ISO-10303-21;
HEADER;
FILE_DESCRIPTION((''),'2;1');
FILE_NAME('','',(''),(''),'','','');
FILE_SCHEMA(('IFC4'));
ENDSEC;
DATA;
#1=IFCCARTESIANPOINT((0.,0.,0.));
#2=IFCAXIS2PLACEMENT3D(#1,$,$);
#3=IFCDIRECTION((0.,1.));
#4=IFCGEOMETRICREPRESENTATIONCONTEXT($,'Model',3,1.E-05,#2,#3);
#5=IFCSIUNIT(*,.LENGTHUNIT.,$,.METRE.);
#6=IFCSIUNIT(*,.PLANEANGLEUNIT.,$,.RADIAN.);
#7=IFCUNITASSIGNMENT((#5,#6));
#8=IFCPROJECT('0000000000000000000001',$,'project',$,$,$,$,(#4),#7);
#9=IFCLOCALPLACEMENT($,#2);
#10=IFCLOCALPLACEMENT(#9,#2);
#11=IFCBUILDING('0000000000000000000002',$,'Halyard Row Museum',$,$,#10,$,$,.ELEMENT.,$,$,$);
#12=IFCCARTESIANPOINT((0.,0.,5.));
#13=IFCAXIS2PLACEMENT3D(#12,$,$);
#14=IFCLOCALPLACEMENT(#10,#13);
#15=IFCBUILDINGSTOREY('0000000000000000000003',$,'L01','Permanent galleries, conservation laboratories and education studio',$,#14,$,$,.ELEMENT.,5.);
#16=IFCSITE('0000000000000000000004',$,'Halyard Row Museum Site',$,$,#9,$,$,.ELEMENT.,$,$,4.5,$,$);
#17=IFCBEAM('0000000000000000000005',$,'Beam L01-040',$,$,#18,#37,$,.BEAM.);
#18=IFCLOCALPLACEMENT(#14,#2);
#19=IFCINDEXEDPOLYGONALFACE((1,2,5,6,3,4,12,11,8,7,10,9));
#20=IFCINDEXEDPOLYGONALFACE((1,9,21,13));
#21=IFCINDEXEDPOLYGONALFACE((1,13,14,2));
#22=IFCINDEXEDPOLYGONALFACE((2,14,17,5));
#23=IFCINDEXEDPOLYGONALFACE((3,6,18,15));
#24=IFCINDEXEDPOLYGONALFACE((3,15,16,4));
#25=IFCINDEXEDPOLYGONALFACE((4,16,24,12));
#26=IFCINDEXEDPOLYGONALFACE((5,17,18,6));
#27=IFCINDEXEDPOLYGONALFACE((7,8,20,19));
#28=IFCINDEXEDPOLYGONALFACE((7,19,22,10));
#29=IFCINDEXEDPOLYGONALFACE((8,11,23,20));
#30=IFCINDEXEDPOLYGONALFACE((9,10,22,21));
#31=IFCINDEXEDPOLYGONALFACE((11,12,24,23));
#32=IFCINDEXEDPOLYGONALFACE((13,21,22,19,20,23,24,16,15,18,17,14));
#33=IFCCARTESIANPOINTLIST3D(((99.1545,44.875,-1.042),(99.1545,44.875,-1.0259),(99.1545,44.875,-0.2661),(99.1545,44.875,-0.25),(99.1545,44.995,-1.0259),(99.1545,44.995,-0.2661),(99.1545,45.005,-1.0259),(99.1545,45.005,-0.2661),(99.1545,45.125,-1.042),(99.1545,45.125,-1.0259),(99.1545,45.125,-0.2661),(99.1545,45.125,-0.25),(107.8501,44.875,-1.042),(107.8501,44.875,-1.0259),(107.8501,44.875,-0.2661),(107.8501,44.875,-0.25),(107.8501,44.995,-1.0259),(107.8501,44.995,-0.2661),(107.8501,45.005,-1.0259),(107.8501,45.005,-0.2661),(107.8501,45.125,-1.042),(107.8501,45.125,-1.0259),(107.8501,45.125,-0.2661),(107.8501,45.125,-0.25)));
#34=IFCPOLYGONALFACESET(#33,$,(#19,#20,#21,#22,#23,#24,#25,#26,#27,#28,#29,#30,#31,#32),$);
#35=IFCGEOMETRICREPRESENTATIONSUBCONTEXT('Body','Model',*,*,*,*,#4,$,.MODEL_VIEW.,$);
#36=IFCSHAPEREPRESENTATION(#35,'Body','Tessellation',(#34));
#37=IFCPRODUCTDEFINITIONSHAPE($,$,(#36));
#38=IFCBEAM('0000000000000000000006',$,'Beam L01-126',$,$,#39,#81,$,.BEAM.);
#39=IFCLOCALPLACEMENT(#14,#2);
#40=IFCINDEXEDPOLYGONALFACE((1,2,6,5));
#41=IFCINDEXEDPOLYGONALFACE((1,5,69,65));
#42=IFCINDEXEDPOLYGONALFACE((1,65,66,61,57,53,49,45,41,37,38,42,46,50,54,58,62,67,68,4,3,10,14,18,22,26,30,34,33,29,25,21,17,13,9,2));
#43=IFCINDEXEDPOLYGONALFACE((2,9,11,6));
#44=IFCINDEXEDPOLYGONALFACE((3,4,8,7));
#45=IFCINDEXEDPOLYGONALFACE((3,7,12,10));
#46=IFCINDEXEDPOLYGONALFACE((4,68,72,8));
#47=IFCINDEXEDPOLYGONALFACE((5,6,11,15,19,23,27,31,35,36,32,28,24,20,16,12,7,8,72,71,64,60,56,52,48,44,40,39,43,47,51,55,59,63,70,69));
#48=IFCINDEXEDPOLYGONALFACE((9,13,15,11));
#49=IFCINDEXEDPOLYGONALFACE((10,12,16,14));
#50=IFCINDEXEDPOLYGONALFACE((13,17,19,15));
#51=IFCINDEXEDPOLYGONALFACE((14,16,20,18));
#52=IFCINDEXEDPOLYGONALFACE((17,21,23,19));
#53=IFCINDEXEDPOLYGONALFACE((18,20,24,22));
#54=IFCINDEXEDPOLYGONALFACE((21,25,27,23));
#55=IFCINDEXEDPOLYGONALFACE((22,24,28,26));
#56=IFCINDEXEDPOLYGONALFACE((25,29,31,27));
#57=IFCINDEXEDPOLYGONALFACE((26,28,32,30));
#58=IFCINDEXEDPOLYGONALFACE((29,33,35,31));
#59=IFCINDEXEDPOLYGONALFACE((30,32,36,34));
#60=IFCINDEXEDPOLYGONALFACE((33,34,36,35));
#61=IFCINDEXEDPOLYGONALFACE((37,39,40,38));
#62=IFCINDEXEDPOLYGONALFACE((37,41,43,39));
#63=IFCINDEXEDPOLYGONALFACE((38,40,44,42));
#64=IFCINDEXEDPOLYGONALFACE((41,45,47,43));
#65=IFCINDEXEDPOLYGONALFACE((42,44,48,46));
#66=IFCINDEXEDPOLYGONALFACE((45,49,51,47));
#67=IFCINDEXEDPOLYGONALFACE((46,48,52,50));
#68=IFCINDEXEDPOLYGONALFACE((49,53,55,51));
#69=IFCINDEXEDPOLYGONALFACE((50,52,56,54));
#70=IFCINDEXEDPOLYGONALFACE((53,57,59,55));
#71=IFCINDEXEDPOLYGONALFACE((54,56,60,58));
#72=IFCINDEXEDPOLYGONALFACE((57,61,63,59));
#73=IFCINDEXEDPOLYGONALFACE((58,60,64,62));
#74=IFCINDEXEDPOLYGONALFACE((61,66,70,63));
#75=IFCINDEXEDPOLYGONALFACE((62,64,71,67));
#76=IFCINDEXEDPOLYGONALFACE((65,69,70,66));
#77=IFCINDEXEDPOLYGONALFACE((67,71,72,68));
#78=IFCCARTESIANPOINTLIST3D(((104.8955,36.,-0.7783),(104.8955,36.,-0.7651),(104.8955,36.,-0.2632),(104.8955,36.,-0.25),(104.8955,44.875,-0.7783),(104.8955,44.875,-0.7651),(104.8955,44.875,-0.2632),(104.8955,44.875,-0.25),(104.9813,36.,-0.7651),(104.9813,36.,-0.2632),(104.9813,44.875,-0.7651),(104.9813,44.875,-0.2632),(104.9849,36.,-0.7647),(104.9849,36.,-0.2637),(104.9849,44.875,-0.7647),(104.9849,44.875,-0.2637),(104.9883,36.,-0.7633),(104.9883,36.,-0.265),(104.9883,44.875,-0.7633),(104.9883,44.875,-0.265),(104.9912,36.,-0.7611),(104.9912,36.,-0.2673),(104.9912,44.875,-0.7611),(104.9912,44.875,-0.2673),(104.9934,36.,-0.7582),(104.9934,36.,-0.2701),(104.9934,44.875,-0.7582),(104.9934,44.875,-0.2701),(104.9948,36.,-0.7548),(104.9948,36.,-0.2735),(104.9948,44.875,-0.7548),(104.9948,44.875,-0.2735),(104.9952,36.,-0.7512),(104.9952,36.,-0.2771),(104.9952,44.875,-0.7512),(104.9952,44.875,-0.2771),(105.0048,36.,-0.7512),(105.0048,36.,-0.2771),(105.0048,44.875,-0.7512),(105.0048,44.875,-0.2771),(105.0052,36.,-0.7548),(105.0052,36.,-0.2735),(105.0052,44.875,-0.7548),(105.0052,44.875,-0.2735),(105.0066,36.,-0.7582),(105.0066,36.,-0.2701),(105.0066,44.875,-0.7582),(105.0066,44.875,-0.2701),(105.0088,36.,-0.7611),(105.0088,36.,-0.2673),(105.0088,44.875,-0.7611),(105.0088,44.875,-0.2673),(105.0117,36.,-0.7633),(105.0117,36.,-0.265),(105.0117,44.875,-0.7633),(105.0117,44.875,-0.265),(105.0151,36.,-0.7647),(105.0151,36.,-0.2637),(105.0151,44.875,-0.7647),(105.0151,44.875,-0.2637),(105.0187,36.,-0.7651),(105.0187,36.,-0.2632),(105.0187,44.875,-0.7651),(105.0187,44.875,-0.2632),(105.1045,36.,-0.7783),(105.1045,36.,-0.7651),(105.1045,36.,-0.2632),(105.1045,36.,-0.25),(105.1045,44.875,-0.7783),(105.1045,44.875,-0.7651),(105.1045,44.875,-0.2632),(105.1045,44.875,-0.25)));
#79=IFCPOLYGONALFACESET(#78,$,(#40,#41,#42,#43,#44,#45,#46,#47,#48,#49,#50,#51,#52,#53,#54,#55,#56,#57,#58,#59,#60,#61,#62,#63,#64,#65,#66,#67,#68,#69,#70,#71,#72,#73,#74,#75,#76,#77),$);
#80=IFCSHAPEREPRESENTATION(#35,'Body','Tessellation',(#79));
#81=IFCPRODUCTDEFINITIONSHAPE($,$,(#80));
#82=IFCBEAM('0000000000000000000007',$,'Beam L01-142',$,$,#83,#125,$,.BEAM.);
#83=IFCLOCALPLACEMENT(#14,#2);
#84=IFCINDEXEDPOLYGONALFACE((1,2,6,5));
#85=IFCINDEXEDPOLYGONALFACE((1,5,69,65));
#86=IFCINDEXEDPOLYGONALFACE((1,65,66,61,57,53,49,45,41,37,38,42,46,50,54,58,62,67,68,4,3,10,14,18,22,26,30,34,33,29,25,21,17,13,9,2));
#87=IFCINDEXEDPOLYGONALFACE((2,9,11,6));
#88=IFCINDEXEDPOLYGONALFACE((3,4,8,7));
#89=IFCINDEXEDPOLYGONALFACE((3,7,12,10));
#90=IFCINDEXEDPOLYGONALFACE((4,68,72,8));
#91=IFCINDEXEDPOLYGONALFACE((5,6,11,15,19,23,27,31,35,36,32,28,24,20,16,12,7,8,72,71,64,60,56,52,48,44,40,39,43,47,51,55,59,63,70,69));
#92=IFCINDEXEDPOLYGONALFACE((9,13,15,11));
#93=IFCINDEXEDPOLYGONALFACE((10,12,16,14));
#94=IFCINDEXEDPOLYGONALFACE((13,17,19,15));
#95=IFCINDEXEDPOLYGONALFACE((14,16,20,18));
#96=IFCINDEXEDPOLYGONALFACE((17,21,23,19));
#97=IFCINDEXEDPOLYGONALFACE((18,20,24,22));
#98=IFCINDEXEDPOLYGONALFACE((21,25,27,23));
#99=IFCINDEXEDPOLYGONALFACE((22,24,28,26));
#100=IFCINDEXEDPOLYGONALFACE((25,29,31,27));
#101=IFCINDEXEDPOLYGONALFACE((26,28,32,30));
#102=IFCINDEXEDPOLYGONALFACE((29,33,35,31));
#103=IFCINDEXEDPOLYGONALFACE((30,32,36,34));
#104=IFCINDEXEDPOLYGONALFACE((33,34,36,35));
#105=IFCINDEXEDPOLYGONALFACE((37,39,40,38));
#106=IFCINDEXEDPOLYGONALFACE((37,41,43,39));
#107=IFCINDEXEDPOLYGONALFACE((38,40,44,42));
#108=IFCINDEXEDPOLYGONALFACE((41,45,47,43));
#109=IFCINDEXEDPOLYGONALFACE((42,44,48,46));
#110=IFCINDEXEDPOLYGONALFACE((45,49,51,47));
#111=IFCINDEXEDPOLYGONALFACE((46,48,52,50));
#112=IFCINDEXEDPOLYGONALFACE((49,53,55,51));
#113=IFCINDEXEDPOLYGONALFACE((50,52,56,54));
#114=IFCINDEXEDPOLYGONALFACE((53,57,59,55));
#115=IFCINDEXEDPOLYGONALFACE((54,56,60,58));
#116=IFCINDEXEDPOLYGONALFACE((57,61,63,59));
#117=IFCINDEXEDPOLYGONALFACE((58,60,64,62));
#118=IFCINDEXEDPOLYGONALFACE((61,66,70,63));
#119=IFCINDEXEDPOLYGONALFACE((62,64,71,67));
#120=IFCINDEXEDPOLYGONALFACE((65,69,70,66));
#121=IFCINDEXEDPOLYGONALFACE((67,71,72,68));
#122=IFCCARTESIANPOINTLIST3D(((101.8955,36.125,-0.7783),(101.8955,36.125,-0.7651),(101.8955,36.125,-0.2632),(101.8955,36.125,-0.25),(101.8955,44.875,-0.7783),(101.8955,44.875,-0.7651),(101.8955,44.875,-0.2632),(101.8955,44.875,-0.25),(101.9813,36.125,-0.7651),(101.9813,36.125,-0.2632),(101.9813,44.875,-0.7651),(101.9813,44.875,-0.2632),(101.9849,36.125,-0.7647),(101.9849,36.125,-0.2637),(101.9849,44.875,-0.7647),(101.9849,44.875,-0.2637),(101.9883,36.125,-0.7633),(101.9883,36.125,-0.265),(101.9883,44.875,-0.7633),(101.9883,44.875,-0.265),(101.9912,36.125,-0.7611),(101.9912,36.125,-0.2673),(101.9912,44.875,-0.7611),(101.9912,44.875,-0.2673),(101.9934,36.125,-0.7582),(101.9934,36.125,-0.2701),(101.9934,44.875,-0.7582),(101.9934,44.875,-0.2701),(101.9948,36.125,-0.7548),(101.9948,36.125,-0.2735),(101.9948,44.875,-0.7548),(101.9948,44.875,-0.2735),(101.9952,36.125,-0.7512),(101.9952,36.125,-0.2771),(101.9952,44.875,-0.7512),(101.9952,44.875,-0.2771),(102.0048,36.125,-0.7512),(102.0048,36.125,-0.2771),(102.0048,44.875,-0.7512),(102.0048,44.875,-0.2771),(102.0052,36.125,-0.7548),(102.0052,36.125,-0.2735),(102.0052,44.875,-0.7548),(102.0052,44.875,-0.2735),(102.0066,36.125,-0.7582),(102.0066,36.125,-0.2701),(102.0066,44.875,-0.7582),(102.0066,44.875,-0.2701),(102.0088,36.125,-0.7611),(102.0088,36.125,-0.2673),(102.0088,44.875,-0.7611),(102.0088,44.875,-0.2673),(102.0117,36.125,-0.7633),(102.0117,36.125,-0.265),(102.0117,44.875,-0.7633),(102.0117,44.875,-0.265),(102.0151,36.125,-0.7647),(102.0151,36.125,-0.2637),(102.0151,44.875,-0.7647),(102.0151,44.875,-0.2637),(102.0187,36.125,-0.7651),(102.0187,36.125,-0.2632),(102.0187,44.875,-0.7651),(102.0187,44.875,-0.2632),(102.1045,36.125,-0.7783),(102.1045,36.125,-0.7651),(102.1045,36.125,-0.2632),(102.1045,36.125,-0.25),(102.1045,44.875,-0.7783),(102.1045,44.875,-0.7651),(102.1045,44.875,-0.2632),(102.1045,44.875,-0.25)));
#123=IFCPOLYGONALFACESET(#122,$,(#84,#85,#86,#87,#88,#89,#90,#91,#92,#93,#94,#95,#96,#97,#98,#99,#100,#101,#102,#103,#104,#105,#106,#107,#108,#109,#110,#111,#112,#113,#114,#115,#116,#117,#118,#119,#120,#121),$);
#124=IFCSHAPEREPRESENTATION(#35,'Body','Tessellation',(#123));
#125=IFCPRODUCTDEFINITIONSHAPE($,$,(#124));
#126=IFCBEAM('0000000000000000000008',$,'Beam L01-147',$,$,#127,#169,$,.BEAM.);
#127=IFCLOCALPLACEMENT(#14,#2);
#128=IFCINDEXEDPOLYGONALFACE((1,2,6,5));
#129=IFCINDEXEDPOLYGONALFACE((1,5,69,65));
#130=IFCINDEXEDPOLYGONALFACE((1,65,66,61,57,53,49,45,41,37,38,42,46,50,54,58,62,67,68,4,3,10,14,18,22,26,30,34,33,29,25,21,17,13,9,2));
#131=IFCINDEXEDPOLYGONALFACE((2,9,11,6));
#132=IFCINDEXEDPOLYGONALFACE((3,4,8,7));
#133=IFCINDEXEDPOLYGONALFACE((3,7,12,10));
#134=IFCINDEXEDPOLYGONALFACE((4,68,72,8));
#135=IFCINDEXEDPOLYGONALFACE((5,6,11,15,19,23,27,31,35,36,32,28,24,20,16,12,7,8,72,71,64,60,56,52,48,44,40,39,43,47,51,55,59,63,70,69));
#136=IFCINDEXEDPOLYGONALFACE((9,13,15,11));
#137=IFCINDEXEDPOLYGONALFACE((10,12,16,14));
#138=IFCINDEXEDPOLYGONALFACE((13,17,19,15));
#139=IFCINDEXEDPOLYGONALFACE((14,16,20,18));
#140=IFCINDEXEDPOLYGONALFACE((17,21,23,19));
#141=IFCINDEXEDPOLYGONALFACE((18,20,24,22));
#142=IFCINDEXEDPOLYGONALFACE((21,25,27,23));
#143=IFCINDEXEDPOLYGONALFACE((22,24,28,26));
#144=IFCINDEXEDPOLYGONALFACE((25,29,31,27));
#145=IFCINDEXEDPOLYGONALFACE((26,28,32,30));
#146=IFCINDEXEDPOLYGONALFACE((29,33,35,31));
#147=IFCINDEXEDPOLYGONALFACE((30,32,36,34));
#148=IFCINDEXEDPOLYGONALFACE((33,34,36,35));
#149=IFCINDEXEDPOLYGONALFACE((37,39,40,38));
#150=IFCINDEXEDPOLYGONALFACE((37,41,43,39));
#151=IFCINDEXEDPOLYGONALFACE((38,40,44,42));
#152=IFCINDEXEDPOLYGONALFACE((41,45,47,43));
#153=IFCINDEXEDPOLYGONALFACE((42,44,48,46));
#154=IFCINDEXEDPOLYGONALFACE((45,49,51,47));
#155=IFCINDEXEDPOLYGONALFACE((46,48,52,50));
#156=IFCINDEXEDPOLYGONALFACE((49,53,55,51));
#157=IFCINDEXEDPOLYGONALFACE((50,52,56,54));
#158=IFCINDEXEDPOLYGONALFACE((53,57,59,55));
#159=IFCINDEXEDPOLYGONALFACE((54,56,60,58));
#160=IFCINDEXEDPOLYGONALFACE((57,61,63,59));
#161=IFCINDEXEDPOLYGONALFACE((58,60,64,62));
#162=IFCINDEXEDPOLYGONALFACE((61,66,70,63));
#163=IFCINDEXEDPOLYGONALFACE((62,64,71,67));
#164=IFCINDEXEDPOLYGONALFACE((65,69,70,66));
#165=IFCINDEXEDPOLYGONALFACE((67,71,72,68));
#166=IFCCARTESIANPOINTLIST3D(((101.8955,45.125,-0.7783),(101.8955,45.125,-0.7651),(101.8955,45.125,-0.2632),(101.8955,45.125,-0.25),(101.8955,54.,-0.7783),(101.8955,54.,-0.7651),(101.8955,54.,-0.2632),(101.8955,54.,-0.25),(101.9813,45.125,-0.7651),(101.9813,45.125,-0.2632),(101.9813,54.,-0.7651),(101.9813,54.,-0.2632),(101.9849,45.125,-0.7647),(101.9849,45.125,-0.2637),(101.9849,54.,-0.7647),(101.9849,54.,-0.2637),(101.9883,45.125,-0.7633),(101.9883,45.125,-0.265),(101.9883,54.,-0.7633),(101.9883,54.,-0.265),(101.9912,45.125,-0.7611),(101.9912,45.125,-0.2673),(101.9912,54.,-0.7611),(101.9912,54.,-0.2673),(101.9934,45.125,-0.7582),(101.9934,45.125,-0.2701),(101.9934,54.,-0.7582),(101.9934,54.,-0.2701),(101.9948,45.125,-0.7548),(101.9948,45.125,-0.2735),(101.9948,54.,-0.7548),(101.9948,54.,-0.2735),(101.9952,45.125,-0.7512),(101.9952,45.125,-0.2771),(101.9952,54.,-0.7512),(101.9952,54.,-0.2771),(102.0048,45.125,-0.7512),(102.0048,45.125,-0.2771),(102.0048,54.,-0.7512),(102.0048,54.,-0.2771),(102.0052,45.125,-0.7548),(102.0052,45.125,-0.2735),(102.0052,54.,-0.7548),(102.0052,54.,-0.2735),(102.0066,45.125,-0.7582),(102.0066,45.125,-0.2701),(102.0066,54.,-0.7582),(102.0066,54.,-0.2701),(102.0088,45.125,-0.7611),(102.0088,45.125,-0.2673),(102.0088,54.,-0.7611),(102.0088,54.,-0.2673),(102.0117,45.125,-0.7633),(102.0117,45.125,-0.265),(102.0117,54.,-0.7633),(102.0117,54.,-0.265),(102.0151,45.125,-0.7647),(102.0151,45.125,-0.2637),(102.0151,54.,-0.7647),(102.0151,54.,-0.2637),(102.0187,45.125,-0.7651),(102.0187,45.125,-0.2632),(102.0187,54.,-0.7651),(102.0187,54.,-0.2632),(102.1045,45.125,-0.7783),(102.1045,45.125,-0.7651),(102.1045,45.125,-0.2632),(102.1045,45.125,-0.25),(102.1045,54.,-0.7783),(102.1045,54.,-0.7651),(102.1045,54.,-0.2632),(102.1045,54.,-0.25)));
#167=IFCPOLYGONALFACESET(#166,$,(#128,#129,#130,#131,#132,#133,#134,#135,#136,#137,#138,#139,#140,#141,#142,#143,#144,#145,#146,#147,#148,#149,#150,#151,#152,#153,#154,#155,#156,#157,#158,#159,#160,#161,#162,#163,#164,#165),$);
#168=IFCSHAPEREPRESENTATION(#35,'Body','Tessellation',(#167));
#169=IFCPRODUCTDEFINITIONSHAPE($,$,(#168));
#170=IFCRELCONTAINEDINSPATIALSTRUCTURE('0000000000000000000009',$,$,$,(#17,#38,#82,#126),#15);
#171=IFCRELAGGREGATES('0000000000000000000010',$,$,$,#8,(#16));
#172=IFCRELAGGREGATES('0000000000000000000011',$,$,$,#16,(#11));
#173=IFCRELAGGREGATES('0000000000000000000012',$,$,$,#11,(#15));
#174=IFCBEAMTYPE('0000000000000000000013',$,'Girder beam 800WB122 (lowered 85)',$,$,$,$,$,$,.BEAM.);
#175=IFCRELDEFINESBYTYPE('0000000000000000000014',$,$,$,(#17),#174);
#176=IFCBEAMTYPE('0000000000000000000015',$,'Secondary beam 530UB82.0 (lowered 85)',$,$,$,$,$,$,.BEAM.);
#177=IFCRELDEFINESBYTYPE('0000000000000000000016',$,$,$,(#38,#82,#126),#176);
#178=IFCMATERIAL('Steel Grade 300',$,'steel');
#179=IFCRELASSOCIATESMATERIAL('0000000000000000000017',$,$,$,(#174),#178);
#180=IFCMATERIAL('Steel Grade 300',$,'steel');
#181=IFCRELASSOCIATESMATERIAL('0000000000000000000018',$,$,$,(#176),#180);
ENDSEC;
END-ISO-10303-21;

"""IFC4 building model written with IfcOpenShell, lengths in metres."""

from ifc_helpers import new_model, si_unit, direction, frame, origin, origin_2d, place, context, subcontext, project, spatial, i_section, extrude, material, material_profile, profile_set, type_object, element, save


model = new_model("IFC4")

# Units and contexts
model_context = context("Model", 3, precision=1e-05, world=origin(), true_north=direction((0.0, 1.0)))
body_context = subcontext(model_context, "Body", "Model", "MODEL_VIEW")
ifc_project = project(units=[si_unit("LENGTHUNIT", "METRE"), si_unit("PLANEANGLEUNIT", "RADIAN")], contexts=[model_context])

# Site, building, storey
site_placement = place(None, origin())
site = spatial("IfcSite", under=ifc_project, at=site_placement, Name="Halyard Row Museum Site", CompositionType="ELEMENT", RefElevation=4.5)
building_placement = place(site_placement, origin())
building = spatial("IfcBuilding", under=site, at=building_placement, Name="Halyard Row Museum", CompositionType="ELEMENT")
storey_placement = place(building_placement, frame((0.0, 0.0, 5.0)))
storey = spatial("IfcBuildingStorey", under=building, at=storey_placement, Name="L01", Description="Permanent galleries, conservation laboratories and education studio", CompositionType="ELEMENT", Elevation=5.0)

# Beams
ifc_material_1 = material(Name="Steel Grade 300", Category="steel")
ifc_material_profile_1 = material_profile(ifc_material_1, i_section(OverallWidth=0.25, OverallDepth=0.792, WebThickness=0.01, FlangeThickness=0.0161, at=origin_2d()), Name="800WB122")
ifc_profile_set_1 = profile_set([ifc_material_profile_1], Name="Steel Grade 300")
beam_type_1 = type_object("IfcBeamType", Name="Girder beam 800WB122 (lowered 85)", PredefinedType="BEAM", material=ifc_profile_set_1)
beam_1_placement = place(storey_placement, frame((99.1545, 45.0, -0.646), z_axis=(1.0, 0.0, 0.0), x_axis=(0.0, 1.0, 0.0)))
element("IfcBeam", 1, at=beam_1_placement, inside=storey, type_object=beam_type_1, Name="Beam L01-040", PredefinedType="BEAM", context=body_context, shape_type="SweptSolid", body=[
    extrude(i_section(OverallWidth=0.25, OverallDepth=0.792, WebThickness=0.01, FlangeThickness=0.0161, at=origin_2d()), origin(), (0.0, 0.0, 1.0), 8.6956),
])
ifc_material_2 = material(Name="Steel Grade 300", Category="steel")
ifc_material_profile_2 = material_profile(ifc_material_2, i_section(OverallWidth=0.209, OverallDepth=0.5283, WebThickness=0.0095, FlangeThickness=0.0132, FilletRadius=0.0139, at=origin_2d()), Name="530UB82.0")
ifc_profile_set_2 = profile_set([ifc_material_profile_2], Name="Steel Grade 300")
beam_type_2 = type_object("IfcBeamType", Name="Secondary beam 530UB82.0 (lowered 85)", PredefinedType="BEAM", material=ifc_profile_set_2)
beam_2_placement = place(storey_placement, frame((105.0, 36.0, -0.5142), z_axis=(0.0, 1.0, 0.0), x_axis=(-1.0, 0.0, 0.0)))
element("IfcBeam", 2, at=beam_2_placement, inside=storey, type_object=beam_type_2, Name="Beam L01-126", PredefinedType="BEAM", context=body_context, shape_type="SweptSolid", body=[
    extrude(i_section(OverallWidth=0.209, OverallDepth=0.5283, WebThickness=0.0095, FlangeThickness=0.0132, FilletRadius=0.0139, at=origin_2d()), origin(), (0.0, 0.0, 1.0), 8.875),
])
beam_3_placement = place(storey_placement, frame((102.0, 36.125, -0.5142), z_axis=(0.0, 1.0, 0.0), x_axis=(-1.0, 0.0, 0.0)))
element("IfcBeam", 3, at=beam_3_placement, inside=storey, type_object=beam_type_2, Name="Beam L01-142", PredefinedType="BEAM", context=body_context, shape_type="SweptSolid", body=[
    extrude(i_section(OverallWidth=0.209, OverallDepth=0.5283, WebThickness=0.0095, FlangeThickness=0.0132, FilletRadius=0.0139, at=origin_2d()), origin(), (0.0, 0.0, 1.0), 8.75),
])
for number, where, z_axis, x_axis, name in (
    (4, (102.0, 45.125, -0.5142), (0.0, 1.0, 0.0), (-1.0, 0.0, 0.0), "Beam L01-147"),
):
    element("IfcBeam", number, at=place(storey_placement, frame(where, z_axis=z_axis, x_axis=x_axis)), inside=storey, type_object=beam_type_2, Name=name, PredefinedType="BEAM", context=body_context, shape_type="SweptSolid", body=[
        extrude(i_section(OverallWidth=0.209, OverallDepth=0.5283, WebThickness=0.0095, FlangeThickness=0.0132, FilletRadius=0.0139, at=origin_2d()), origin(), (0.0, 0.0, 1.0), 8.875),
    ])

save(model, "model.ifc")
